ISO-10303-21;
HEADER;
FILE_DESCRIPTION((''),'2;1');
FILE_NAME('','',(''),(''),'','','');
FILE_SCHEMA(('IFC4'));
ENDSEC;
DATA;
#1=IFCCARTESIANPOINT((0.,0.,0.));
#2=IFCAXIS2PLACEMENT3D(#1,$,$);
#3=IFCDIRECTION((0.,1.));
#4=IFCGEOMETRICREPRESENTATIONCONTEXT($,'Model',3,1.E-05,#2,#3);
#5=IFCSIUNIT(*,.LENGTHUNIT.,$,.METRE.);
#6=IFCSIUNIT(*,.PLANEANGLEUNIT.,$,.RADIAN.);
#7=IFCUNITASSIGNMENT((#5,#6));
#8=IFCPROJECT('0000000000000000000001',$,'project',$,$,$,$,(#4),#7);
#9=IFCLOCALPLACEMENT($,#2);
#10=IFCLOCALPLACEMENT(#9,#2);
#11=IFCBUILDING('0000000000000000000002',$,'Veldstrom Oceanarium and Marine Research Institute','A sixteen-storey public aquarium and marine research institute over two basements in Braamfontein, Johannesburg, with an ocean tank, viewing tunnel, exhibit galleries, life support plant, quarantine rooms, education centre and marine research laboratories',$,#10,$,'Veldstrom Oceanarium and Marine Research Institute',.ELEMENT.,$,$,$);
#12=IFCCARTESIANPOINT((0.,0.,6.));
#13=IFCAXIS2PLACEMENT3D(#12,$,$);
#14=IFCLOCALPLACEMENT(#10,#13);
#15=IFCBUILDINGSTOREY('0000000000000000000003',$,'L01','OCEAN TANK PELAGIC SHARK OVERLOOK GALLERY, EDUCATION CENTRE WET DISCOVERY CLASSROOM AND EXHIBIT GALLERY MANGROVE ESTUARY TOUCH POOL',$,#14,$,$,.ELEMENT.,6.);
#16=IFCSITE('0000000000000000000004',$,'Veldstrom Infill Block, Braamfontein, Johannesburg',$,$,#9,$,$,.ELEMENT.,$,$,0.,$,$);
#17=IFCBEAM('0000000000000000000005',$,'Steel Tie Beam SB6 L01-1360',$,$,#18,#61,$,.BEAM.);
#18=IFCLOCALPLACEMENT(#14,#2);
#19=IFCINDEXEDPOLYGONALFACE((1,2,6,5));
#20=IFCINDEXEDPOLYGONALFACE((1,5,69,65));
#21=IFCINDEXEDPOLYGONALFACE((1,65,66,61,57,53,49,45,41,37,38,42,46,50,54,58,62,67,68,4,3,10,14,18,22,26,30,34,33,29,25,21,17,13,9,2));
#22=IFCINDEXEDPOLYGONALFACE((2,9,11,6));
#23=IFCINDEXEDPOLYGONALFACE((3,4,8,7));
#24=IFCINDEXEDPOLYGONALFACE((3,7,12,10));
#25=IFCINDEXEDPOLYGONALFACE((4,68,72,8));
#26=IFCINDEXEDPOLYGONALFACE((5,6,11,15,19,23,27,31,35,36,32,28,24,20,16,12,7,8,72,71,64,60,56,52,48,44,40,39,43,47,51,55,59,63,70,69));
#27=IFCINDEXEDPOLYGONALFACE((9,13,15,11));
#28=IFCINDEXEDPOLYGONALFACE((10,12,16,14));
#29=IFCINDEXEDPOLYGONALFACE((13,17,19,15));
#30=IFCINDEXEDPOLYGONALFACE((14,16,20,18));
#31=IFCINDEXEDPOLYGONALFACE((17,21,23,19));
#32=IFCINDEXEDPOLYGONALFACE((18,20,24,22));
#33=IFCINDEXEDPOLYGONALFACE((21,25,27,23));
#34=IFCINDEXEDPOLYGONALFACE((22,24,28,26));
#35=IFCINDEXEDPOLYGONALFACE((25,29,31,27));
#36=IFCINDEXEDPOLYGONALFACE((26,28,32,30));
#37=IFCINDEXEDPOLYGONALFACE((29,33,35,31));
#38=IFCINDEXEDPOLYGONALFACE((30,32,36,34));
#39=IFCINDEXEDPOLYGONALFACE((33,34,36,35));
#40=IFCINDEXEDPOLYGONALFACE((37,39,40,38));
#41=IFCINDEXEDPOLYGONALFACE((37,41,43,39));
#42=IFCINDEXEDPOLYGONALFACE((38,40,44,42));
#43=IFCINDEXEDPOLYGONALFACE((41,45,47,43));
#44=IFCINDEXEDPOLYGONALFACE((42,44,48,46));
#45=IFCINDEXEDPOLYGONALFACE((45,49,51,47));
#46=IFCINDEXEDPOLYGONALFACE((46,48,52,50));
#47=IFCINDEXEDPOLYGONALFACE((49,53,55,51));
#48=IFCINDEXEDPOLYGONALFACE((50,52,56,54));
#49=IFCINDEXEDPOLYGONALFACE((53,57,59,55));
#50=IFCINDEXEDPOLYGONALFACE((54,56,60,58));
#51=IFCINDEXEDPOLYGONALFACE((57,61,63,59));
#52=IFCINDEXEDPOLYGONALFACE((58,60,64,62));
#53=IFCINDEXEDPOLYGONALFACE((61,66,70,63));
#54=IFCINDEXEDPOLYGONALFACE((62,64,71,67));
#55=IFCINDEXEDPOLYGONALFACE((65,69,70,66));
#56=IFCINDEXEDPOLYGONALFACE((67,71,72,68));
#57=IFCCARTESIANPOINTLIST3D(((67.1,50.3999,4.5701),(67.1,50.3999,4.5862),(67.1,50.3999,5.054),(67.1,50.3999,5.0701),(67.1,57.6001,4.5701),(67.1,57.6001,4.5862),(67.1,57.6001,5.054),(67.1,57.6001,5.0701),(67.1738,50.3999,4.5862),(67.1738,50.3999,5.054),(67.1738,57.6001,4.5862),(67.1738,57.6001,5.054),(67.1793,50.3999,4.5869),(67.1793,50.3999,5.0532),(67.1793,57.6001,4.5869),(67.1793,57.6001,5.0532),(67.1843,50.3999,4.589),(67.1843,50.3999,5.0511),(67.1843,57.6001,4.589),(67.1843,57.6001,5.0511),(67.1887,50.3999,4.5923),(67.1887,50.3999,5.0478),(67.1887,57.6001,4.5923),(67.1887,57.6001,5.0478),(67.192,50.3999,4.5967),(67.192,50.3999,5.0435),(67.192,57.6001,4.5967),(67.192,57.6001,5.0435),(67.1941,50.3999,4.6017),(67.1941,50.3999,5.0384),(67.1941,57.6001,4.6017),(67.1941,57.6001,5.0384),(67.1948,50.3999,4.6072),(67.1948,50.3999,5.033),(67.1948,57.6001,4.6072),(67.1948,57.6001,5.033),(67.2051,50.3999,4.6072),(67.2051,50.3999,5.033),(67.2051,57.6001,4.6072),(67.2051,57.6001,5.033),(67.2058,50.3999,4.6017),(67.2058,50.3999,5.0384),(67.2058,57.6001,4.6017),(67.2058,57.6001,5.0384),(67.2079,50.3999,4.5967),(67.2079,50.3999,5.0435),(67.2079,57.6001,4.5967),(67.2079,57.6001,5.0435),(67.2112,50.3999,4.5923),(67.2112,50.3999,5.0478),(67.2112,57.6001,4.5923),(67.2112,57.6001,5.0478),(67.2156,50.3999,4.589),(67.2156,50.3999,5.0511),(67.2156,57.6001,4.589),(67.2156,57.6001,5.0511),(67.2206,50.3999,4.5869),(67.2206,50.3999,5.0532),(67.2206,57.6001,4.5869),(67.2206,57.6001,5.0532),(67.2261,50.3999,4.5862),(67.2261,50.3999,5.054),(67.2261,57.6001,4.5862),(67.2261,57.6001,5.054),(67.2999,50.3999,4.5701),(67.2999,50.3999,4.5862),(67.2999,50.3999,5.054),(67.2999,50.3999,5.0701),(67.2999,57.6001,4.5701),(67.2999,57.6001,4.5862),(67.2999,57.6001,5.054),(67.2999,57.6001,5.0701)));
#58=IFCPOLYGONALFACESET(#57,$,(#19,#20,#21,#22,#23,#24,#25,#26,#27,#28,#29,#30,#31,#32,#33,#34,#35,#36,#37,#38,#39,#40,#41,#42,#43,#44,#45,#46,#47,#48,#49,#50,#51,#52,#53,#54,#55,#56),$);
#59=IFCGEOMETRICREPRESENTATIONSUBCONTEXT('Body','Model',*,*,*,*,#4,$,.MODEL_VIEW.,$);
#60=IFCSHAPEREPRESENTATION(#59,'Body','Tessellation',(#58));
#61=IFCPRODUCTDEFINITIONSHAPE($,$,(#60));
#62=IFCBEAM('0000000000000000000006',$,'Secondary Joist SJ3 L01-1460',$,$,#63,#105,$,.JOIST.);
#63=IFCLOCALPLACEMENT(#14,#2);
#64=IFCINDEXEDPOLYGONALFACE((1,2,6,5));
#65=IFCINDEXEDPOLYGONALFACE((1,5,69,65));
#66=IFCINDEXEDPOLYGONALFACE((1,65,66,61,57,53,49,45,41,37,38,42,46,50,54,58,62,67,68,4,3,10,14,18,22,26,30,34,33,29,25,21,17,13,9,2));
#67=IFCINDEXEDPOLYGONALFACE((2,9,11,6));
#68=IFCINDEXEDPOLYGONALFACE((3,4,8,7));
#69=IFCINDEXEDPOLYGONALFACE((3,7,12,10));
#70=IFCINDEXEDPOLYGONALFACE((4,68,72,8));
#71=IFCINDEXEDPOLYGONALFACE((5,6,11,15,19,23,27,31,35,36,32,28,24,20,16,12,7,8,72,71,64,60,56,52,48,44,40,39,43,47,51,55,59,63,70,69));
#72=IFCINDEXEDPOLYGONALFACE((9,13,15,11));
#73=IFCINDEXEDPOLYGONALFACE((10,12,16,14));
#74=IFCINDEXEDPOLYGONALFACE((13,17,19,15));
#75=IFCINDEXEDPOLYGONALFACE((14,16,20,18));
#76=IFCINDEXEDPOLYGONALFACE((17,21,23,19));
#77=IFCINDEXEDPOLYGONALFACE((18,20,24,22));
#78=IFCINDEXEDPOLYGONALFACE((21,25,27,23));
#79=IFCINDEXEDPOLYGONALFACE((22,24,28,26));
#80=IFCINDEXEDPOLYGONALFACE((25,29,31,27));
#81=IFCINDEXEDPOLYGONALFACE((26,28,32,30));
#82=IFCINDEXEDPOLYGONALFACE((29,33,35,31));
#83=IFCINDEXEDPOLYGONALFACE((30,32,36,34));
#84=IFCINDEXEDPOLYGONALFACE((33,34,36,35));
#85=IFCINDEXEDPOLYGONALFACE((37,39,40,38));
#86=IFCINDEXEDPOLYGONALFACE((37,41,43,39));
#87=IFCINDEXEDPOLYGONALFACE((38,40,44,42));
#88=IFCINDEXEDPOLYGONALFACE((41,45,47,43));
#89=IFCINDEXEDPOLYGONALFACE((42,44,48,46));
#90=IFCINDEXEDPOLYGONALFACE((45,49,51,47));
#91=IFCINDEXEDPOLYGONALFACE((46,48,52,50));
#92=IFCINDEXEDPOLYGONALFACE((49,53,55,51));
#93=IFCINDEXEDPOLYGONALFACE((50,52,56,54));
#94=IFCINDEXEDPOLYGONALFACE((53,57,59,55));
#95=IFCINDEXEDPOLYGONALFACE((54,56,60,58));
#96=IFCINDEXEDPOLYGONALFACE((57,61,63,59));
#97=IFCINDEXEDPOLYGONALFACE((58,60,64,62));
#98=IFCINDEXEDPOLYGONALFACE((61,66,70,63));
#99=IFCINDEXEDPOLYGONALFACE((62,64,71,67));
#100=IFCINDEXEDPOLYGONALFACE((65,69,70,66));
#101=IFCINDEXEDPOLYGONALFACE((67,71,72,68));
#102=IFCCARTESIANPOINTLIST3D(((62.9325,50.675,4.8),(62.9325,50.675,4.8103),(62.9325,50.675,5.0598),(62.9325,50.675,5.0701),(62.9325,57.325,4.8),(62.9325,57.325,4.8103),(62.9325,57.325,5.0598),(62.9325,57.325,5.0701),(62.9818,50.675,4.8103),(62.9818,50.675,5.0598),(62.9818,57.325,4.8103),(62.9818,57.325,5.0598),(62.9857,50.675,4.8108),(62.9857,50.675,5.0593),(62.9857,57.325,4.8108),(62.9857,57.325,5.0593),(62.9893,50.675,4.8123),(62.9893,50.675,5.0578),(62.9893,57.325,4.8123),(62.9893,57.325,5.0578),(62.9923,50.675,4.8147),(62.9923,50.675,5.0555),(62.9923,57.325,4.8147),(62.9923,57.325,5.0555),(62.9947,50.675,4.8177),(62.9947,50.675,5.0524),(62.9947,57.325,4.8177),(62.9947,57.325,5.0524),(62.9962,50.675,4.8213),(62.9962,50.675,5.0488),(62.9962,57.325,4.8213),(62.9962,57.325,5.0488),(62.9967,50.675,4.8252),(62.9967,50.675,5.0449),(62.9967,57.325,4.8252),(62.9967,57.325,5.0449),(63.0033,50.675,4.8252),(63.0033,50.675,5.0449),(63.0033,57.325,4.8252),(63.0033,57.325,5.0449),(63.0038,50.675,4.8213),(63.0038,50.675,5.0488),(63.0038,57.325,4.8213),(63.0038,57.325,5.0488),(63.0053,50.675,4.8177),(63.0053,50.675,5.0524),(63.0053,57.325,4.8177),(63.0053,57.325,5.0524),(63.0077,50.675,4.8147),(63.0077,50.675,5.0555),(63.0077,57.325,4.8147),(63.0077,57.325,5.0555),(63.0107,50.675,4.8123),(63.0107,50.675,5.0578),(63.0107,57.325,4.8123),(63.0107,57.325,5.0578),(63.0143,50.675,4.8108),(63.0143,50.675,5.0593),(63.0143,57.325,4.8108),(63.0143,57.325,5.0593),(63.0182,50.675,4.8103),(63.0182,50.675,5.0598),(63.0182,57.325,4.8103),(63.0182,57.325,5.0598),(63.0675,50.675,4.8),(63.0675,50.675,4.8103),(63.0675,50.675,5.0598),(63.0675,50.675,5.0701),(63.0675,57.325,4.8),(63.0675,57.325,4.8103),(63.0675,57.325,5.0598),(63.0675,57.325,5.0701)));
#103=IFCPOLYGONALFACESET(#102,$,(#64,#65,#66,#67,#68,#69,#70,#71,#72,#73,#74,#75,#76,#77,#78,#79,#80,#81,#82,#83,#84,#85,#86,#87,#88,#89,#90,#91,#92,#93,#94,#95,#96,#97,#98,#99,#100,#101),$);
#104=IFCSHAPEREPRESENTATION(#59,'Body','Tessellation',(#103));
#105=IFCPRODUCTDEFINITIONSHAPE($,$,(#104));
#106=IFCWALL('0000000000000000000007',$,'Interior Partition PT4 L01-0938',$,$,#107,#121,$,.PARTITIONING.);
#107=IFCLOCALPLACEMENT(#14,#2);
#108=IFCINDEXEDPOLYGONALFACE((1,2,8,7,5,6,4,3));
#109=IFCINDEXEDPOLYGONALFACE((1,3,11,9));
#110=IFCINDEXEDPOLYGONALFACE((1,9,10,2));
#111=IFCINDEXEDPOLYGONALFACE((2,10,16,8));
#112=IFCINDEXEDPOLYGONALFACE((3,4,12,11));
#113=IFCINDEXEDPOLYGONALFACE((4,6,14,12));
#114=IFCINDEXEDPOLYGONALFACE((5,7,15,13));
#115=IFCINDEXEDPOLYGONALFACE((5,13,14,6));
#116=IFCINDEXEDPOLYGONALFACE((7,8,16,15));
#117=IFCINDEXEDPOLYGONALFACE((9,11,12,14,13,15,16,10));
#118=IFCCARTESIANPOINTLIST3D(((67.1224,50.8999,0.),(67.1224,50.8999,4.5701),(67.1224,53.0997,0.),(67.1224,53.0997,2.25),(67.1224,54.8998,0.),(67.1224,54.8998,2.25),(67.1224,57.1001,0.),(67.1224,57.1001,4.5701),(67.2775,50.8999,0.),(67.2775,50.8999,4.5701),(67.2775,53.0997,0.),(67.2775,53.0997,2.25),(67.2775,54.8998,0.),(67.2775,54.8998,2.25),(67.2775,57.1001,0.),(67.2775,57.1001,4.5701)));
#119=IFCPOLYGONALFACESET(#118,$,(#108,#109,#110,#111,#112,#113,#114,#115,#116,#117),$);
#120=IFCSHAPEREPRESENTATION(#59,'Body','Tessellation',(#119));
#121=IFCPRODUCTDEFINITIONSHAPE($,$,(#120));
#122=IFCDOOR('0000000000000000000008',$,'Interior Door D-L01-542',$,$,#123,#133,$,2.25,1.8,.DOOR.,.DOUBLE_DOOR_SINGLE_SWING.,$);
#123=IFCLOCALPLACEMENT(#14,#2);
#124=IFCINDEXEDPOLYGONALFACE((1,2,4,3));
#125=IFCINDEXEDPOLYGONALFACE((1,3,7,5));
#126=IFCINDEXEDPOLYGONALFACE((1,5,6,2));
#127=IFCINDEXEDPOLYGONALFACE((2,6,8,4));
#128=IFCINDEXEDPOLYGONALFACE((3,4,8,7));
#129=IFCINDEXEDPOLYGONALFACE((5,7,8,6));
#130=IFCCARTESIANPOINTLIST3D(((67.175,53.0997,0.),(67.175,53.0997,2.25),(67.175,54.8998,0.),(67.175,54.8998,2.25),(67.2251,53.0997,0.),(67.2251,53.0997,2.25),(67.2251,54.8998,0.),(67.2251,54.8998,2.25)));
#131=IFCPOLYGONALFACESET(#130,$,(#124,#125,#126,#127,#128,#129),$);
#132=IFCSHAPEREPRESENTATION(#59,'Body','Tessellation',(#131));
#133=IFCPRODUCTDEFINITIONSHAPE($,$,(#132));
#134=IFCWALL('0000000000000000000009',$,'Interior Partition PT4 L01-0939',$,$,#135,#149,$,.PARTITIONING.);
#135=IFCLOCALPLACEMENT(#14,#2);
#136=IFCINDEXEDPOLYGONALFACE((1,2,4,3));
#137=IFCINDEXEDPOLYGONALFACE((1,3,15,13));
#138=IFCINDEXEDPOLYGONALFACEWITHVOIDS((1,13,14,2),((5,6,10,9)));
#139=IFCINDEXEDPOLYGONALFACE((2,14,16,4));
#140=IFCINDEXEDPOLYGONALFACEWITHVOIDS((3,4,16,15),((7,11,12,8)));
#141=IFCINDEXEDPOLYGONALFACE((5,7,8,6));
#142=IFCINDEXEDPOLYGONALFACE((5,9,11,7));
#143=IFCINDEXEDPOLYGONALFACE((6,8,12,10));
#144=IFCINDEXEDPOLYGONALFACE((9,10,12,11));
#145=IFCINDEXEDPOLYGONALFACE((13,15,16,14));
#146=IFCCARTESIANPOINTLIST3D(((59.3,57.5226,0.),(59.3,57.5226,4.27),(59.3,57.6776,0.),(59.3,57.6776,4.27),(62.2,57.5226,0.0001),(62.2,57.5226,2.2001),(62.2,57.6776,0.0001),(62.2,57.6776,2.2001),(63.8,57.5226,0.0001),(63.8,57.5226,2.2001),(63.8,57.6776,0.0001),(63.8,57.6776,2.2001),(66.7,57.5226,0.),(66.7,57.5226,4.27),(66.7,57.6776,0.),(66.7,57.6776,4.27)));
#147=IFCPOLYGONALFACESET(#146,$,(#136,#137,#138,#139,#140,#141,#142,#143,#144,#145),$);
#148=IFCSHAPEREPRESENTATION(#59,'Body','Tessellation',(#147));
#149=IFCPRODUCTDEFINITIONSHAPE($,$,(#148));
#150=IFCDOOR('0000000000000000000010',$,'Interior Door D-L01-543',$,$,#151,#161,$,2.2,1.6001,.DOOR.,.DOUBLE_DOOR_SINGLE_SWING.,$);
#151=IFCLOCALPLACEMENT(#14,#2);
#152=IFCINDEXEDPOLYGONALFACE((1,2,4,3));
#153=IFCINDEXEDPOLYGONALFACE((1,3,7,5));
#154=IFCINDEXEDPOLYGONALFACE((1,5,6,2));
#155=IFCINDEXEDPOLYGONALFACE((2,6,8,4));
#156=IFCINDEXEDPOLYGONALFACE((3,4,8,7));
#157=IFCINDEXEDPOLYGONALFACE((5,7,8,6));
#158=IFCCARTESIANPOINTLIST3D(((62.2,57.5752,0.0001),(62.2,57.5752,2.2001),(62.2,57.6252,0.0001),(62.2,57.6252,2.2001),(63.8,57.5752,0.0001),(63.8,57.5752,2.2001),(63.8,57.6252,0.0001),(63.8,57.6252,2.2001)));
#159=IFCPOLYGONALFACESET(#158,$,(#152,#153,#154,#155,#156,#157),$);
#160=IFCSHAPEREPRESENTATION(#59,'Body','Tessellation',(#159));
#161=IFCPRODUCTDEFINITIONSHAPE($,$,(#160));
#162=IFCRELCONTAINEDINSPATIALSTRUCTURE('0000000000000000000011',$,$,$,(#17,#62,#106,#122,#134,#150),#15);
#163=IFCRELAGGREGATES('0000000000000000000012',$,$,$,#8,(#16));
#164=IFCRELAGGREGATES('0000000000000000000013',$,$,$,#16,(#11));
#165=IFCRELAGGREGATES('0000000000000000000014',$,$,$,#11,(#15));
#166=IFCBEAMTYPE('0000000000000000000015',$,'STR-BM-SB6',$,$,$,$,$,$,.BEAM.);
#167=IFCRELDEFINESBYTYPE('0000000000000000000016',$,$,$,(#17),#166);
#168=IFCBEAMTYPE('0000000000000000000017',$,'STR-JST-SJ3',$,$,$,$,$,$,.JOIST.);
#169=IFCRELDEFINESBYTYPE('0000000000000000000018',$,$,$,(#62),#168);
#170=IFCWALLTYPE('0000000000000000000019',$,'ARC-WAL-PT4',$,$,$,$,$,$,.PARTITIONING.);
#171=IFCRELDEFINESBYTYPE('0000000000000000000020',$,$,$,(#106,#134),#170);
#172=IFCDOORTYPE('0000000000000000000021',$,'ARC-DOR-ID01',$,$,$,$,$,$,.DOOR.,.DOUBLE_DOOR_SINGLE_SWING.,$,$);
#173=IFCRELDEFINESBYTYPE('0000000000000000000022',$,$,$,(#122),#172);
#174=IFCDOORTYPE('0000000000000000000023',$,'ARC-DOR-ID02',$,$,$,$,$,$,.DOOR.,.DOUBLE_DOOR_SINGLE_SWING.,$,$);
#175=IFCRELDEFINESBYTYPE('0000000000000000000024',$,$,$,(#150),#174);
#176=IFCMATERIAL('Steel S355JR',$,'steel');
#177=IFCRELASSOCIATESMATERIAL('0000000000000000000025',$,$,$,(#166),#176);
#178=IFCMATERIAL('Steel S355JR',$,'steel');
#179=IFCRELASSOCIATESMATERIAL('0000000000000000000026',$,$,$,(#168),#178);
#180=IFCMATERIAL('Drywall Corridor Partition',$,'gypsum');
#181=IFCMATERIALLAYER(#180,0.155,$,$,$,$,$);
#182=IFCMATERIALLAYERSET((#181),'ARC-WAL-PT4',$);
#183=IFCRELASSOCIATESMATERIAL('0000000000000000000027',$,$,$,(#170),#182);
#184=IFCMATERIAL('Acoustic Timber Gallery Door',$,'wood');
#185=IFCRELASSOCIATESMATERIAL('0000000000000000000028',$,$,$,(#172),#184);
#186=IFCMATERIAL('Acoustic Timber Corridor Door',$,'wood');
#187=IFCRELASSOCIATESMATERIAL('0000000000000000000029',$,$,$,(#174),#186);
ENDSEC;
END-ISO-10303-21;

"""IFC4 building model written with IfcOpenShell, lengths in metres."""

from ifc_helpers import new_model, si_unit, direction, frame, frame_2d, origin, origin_2d, place, context, subcontext, project, spatial, rectangle, i_section, extrude, material, layer, layer_set, material_profile, profile_set, type_object, element, fill, save


model = new_model("IFC4")

# Units and contexts
model_context = context("Model", 3, precision=1e-05, world=origin(), true_north=direction((0.0, 1.0)))
body_context = subcontext(model_context, "Body", "Model", "MODEL_VIEW")
ifc_project = project(units=[si_unit("LENGTHUNIT", "METRE"), si_unit("PLANEANGLEUNIT", "RADIAN")], contexts=[model_context])

# Site, building, storey
site_placement = place(None, origin())
site = spatial("IfcSite", under=ifc_project, at=site_placement, Name="Veldstrom Infill Block, Braamfontein, Johannesburg", CompositionType="ELEMENT", RefElevation=0.0)
building_placement = place(site_placement, origin())
building = spatial("IfcBuilding", under=site, at=building_placement, Name="Veldstrom Oceanarium and Marine Research Institute", Description="A sixteen-storey public aquarium and marine research institute over two basements in Braamfontein, Johannesburg, with an ocean tank, viewing tunnel, exhibit galleries, life support plant, quarantine rooms, education centre and marine research laboratories", LongName="Veldstrom Oceanarium and Marine Research Institute", CompositionType="ELEMENT")
storey_placement = place(building_placement, frame((0.0, 0.0, 6.0)))
storey = spatial("IfcBuildingStorey", under=building, at=storey_placement, Name="L01", Description="OCEAN TANK PELAGIC SHARK OVERLOOK GALLERY, EDUCATION CENTRE WET DISCOVERY CLASSROOM AND EXHIBIT GALLERY MANGROVE ESTUARY TOUCH POOL", CompositionType="ELEMENT", Elevation=6.0)

# Beams
ifc_material_1 = material(Name="Steel S355JR", Category="steel")
ifc_material_profile_1 = material_profile(ifc_material_1, i_section(OverallWidth=0.2, OverallDepth=0.5, WebThickness=0.0103, FlangeThickness=0.0161, FilletRadius=0.021, at=origin_2d()), Name="IPE 500")
ifc_profile_set_1 = profile_set([ifc_material_profile_1], Name="Steel S355JR")
beam_type_1 = type_object("IfcBeamType", Name="STR-BM-SB6", PredefinedType="BEAM", material=ifc_profile_set_1)
beam_1_placement = place(storey_placement, frame((67.2, 50.3999, 4.8201), z_axis=(0.0, 1.0, 0.0), x_axis=(-1.0, 0.0, 0.0)))
element("IfcBeam", 1, at=beam_1_placement, inside=storey, type_object=beam_type_1, Name="Steel Tie Beam SB6 L01-1360", PredefinedType="BEAM", context=body_context, shape_type="SweptSolid", body=[
    extrude(i_section(OverallWidth=0.2, OverallDepth=0.5, WebThickness=0.0103, FlangeThickness=0.0161, FilletRadius=0.021, at=origin_2d()), origin(), (0.0, 0.0, 1.0), 7.2002),
])
ifc_material_2 = material(Name="Steel S355JR", Category="steel")
ifc_material_profile_2 = material_profile(ifc_material_2, i_section(OverallWidth=0.135, OverallDepth=0.27, WebThickness=0.0066, FlangeThickness=0.0103, FilletRadius=0.0149, at=origin_2d()), Name="IPE 270")
ifc_profile_set_2 = profile_set([ifc_material_profile_2], Name="Steel S355JR")
beam_type_2 = type_object("IfcBeamType", Name="STR-JST-SJ3", PredefinedType="JOIST", material=ifc_profile_set_2)
beam_2_placement = place(storey_placement, frame((63.0, 50.675, 4.9351), z_axis=(0.0, 1.0, 0.0), x_axis=(-1.0, 0.0, 0.0)))
element("IfcBeam", 2, at=beam_2_placement, inside=storey, type_object=beam_type_2, Name="Secondary Joist SJ3 L01-1460", PredefinedType="JOIST", context=body_context, shape_type="SweptSolid", body=[
    extrude(i_section(OverallWidth=0.135, OverallDepth=0.27, WebThickness=0.0066, FlangeThickness=0.0103, FilletRadius=0.0149, at=origin_2d()), origin(), (0.0, 0.0, 1.0), 6.6499),
])

# Walls, openings, doors
ifc_material_3 = material(Name="Drywall Corridor Partition", Category="gypsum")
ifc_layer_1 = layer(ifc_material_3, 0.155)
ifc_layer_set_1 = layer_set([ifc_layer_1], Name="ARC-WAL-PT4")
wall_type_1 = type_object("IfcWallType", Name="ARC-WAL-PT4", PredefinedType="PARTITIONING", material=ifc_layer_set_1)
wall_1_placement = place(storey_placement, frame((67.2, 50.8999, 0.0), z_axis=(0.0, 0.0, 1.0), x_axis=(0.0, 1.0, 0.0)))
wall_1 = element("IfcWall", 3, at=wall_1_placement, inside=storey, type_object=wall_type_1, Name="Interior Partition PT4 L01-0938", PredefinedType="PARTITIONING", context=body_context, shape_type="SweptSolid", body=[
    extrude(rectangle(XDim=6.2002, YDim=0.155, at=frame_2d((3.1001, 0.0))), origin(), (0.0, 0.0, 1.0), 4.5701),
])
opening_1_placement = place(wall_1_placement, frame((2.2, 0.0, 0.0)))
opening_1 = element("IfcOpeningElement", 4, at=opening_1_placement, cuts=wall_1, PredefinedType="OPENING", context=body_context, shape_type="SweptSolid", body=[
    extrude(rectangle(XDim=1.8, YDim=2.25, at=frame_2d((0.8999, 1.125))), frame((0.0, 0.0874, 0.0), z_axis=(0.0, -1.0, 0.0), x_axis=(1.0, 0.0, 0.0)), (0.0, 0.0, 1.0), 0.175),
])
ifc_material_4 = material(Name="Acoustic Timber Gallery Door", Category="wood")
door_type_1 = type_object("IfcDoorType", Name="ARC-DOR-ID01", OperationType="DOUBLE_DOOR_SINGLE_SWING", PredefinedType="DOOR", material=ifc_material_4)
door_1_placement = place(opening_1_placement, origin())
door_1 = element("IfcDoor", 5, at=door_1_placement, inside=storey, type_object=door_type_1, Name="Interior Door D-L01-542", OperationType="DOUBLE_DOOR_SINGLE_SWING", OverallHeight=2.25, OverallWidth=1.8, PredefinedType="DOOR", context=body_context, shape_type="SweptSolid", body=[
    extrude(rectangle(XDim=1.8, YDim=2.25, at=frame_2d((0.8999, 1.125))), frame((0.0, 0.0249, 0.0), z_axis=(0.0, -1.0, 0.0), x_axis=(1.0, 0.0, 0.0)), (0.0, 0.0, 1.0), 0.05),
])
fill(opening_1, door_1)
wall_2_placement = place(storey_placement, frame((59.3, 57.6001, 0.0), z_axis=(0.0, 0.0, 1.0), x_axis=(1.0, 0.0, 0.0)))
wall_2 = element("IfcWall", 6, at=wall_2_placement, inside=storey, type_object=wall_type_1, Name="Interior Partition PT4 L01-0939", PredefinedType="PARTITIONING", context=body_context, shape_type="SweptSolid", body=[
    extrude(rectangle(XDim=7.3999, YDim=0.155, at=frame_2d((3.7, 0.0))), origin(), (0.0, 0.0, 1.0), 4.27),
])
opening_2_placement = place(wall_2_placement, frame((2.8999, 0.0, 0.0)))
opening_2 = element("IfcOpeningElement", 7, at=opening_2_placement, cuts=wall_2, PredefinedType="OPENING", context=body_context, shape_type="SweptSolid", body=[
    extrude(rectangle(XDim=1.6001, YDim=2.2, at=frame_2d((0.8, 1.1001))), frame((0.0, 0.0874, 0.0), z_axis=(0.0, -1.0, 0.0), x_axis=(1.0, 0.0, 0.0)), (0.0, 0.0, 1.0), 0.175),
])
ifc_material_5 = material(Name="Acoustic Timber Corridor Door", Category="wood")
door_type_2 = type_object("IfcDoorType", Name="ARC-DOR-ID02", OperationType="DOUBLE_DOOR_SINGLE_SWING", PredefinedType="DOOR", material=ifc_material_5)
door_2_placement = place(opening_2_placement, frame((1.6001, 0.0, 0.0), z_axis=(0.0, 0.0, 1.0), x_axis=(-1.0, 0.0, 0.0)))
door_2 = element("IfcDoor", 8, at=door_2_placement, inside=storey, type_object=door_type_2, Name="Interior Door D-L01-543", OperationType="DOUBLE_DOOR_SINGLE_SWING", OverallHeight=2.2, OverallWidth=1.6001, PredefinedType="DOOR", context=body_context, shape_type="SweptSolid", body=[
    extrude(rectangle(XDim=1.6001, YDim=2.2, at=frame_2d((0.8, 1.1001))), frame((0.0, 0.0249, 0.0), z_axis=(0.0, -1.0, 0.0), x_axis=(1.0, 0.0, 0.0)), (0.0, 0.0, 1.0), 0.05),
])
fill(opening_2, door_2)

save(model, "model.ifc")
